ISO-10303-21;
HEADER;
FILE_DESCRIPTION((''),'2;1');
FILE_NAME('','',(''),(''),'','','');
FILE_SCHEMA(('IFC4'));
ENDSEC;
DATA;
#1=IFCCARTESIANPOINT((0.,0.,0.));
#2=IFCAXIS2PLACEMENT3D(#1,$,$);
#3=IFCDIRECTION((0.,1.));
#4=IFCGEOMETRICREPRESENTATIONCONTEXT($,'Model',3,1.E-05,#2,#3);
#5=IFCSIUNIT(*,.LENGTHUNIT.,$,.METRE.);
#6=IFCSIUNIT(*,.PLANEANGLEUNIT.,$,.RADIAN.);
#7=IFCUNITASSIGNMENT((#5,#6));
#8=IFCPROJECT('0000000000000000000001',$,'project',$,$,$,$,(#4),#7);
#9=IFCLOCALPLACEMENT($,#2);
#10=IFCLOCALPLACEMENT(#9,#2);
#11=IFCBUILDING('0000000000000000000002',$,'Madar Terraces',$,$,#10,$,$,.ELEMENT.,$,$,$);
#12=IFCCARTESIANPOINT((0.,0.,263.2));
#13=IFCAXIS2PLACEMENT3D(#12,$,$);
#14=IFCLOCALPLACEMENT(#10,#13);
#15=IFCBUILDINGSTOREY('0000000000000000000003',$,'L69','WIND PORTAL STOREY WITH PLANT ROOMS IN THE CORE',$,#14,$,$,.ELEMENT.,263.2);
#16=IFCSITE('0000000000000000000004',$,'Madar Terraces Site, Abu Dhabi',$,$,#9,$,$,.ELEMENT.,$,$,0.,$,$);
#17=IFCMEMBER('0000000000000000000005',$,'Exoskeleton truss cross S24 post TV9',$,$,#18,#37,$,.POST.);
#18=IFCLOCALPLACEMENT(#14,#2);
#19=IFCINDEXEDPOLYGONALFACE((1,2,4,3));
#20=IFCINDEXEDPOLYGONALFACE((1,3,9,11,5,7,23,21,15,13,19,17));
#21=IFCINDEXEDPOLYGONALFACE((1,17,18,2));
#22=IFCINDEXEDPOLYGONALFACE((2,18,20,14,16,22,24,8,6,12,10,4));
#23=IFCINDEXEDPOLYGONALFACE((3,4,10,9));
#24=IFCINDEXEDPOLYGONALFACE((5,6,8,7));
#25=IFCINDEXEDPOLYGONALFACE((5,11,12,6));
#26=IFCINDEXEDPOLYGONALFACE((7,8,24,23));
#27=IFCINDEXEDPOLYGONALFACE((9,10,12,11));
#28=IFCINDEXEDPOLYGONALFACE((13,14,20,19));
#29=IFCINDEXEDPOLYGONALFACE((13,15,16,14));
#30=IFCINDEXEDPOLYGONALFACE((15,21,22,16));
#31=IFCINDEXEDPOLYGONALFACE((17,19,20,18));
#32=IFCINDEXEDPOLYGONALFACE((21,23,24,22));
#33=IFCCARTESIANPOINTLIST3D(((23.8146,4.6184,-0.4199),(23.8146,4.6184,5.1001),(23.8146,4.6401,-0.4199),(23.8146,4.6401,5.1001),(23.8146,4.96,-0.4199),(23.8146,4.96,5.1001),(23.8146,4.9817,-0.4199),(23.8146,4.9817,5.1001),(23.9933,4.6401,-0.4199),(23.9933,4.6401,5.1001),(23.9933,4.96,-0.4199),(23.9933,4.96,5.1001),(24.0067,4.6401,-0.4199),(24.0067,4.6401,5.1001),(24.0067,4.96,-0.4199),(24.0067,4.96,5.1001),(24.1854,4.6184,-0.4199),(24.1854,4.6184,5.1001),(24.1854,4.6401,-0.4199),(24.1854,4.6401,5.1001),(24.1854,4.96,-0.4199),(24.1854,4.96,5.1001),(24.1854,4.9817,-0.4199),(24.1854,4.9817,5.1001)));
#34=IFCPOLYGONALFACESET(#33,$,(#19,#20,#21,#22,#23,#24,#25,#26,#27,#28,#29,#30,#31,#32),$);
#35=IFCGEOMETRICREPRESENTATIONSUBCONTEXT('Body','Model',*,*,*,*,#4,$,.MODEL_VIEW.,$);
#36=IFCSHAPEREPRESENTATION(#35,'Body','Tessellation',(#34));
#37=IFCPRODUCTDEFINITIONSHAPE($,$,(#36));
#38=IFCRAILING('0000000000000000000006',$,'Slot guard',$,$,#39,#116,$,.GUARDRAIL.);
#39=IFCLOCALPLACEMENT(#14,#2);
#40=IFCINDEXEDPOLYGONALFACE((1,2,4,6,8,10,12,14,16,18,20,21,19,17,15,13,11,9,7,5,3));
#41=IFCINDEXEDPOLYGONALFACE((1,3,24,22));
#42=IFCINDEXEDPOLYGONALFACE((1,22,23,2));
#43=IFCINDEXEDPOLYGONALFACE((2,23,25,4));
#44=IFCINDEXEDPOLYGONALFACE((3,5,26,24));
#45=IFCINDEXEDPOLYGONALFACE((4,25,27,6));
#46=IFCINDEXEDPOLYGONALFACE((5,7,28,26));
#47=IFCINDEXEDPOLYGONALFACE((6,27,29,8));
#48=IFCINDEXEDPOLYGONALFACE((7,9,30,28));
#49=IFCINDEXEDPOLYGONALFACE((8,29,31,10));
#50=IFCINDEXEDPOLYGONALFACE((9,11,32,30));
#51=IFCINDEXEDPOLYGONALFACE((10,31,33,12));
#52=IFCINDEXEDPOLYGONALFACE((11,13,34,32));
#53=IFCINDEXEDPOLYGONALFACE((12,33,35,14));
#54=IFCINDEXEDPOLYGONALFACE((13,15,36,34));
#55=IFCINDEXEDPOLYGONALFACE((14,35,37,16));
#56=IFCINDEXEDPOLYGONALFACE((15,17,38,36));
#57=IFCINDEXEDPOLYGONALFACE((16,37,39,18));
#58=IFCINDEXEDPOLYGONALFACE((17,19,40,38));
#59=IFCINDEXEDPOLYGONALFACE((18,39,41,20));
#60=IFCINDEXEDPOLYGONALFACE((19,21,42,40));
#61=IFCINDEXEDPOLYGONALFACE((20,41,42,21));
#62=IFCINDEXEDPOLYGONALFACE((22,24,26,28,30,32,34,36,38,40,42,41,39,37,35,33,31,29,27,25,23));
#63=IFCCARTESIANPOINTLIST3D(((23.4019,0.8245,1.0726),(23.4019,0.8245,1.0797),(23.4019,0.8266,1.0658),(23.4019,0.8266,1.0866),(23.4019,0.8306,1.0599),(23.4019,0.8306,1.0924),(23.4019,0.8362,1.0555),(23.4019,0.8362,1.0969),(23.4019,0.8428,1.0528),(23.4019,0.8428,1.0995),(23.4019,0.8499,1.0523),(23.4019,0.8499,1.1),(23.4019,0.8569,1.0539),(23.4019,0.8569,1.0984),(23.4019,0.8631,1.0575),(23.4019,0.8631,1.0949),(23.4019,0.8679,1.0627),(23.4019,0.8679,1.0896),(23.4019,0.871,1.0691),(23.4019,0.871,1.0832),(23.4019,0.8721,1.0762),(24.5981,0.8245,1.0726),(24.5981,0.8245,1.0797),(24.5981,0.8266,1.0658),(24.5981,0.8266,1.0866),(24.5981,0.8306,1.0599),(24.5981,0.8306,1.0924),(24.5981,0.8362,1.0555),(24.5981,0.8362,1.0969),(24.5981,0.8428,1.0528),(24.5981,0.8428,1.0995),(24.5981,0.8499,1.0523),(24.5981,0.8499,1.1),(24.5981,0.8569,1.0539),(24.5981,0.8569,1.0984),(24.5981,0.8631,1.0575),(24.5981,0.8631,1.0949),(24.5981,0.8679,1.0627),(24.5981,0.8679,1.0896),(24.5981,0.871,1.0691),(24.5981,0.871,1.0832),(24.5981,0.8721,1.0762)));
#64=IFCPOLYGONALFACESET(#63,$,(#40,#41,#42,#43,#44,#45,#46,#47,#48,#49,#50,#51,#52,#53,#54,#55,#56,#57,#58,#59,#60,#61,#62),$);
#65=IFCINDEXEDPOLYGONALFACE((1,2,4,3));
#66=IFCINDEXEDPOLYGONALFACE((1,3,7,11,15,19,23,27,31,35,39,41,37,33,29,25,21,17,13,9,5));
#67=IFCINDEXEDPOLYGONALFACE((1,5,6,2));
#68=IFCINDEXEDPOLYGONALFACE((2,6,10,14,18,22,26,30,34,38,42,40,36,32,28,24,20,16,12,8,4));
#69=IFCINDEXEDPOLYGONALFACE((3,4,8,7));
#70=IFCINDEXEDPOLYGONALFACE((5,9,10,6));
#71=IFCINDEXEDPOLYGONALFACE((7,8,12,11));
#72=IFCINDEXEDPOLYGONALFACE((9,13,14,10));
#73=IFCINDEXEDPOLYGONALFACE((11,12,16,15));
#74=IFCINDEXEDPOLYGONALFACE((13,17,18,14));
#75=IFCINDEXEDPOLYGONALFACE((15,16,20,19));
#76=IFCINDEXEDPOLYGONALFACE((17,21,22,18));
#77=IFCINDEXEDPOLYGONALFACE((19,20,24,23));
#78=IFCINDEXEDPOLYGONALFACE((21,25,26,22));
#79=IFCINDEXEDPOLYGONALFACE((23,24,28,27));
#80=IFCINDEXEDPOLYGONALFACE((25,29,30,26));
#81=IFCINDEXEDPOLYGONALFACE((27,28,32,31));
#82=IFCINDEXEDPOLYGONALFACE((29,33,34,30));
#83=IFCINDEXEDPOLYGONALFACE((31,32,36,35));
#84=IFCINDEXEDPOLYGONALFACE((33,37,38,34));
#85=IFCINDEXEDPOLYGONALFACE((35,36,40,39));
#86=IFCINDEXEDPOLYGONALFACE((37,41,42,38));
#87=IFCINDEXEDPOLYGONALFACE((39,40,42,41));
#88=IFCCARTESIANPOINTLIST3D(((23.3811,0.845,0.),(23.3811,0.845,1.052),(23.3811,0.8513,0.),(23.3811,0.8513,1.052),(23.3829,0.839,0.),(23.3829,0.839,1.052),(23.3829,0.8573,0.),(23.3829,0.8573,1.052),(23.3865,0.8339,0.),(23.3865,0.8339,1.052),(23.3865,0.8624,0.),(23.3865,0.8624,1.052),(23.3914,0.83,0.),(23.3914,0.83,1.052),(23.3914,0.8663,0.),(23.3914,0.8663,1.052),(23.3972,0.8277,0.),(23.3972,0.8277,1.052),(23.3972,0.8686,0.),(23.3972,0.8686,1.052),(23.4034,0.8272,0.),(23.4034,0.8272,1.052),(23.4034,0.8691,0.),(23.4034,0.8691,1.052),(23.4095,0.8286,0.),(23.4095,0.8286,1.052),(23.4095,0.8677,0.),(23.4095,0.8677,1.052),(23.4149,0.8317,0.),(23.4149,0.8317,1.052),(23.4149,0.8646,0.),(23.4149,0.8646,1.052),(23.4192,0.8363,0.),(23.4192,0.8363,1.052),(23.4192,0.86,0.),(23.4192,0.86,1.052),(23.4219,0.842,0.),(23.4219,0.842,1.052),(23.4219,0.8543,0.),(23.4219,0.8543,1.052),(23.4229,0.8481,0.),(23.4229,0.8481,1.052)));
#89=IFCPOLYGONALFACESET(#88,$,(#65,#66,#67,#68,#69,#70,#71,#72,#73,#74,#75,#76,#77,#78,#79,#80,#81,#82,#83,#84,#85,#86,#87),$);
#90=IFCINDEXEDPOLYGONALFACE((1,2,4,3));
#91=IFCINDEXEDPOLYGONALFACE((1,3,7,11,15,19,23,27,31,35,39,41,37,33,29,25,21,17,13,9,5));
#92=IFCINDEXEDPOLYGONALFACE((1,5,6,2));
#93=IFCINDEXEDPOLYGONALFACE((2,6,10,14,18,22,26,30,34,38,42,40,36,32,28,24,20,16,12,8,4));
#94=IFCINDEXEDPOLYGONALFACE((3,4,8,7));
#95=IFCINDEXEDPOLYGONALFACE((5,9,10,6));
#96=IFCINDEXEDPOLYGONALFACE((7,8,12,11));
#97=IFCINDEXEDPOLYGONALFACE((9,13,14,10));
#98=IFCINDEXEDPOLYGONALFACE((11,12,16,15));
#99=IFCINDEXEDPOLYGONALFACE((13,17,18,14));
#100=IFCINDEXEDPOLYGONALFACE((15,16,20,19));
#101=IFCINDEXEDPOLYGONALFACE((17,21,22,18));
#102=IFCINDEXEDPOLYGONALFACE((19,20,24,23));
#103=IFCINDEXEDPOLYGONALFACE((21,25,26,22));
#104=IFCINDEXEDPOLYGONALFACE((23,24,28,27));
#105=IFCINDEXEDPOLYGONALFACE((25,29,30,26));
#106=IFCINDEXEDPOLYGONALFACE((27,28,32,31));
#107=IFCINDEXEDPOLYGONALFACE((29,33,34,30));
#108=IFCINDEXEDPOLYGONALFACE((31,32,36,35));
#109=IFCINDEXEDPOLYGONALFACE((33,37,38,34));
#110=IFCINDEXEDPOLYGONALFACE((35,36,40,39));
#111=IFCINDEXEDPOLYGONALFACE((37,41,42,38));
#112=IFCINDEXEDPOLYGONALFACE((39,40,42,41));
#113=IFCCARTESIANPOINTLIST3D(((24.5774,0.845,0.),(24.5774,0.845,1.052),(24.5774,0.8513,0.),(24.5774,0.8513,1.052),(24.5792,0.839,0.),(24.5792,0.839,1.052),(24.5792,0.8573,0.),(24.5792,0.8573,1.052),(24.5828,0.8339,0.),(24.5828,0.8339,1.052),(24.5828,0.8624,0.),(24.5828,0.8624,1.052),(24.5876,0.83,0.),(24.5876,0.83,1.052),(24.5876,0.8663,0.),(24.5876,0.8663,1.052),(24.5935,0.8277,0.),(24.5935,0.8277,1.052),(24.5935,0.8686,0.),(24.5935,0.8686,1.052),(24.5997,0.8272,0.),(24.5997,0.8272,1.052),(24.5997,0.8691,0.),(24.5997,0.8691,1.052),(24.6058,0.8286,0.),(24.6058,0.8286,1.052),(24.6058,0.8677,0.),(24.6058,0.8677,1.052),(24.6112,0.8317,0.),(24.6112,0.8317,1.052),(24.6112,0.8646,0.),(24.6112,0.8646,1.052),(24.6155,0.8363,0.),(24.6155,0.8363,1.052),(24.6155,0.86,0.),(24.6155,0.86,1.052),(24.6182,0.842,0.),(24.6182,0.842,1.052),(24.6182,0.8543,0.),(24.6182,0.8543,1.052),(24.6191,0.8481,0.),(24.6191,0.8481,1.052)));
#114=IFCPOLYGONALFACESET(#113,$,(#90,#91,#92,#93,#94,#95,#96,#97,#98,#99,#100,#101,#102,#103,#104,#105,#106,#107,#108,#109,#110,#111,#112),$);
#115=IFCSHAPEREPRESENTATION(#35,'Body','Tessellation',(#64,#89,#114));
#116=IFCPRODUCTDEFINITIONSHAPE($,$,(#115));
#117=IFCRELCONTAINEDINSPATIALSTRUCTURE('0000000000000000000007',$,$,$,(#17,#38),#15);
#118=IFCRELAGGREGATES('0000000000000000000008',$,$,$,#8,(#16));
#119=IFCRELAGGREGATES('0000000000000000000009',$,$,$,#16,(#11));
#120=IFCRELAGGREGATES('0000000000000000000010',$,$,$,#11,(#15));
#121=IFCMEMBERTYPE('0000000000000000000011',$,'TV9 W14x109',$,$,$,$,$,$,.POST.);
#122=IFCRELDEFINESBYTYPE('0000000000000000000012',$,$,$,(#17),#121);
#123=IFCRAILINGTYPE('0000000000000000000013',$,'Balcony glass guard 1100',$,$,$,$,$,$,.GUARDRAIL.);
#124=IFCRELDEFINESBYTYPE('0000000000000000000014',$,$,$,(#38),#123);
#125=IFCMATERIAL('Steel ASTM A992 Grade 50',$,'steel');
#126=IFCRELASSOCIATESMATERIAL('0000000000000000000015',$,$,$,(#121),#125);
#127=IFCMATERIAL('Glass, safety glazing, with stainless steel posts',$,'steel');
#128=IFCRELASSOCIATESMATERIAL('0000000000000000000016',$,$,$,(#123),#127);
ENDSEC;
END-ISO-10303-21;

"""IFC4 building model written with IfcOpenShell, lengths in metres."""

from ifc_helpers import new_model, si_unit, direction, frame, origin, origin_2d, place, context, subcontext, project, spatial, circle, i_section, extrude, material, material_profile, profile_set, type_object, element, save


model = new_model("IFC4")

# Units and contexts
model_context = context("Model", 3, precision=1e-05, world=origin(), true_north=direction((0.0, 1.0)))
body_context = subcontext(model_context, "Body", "Model", "MODEL_VIEW")
ifc_project = project(units=[si_unit("LENGTHUNIT", "METRE"), si_unit("PLANEANGLEUNIT", "RADIAN")], contexts=[model_context])

# Site, building, storey
site_placement = place(None, origin())
site = spatial("IfcSite", under=ifc_project, at=site_placement, Name="Madar Terraces Site, Abu Dhabi", CompositionType="ELEMENT", RefElevation=0.0)
building_placement = place(site_placement, origin())
building = spatial("IfcBuilding", under=site, at=building_placement, Name="Madar Terraces", CompositionType="ELEMENT")
storey_placement = place(building_placement, frame((0.0, 0.0, 263.2)))
storey = spatial("IfcBuildingStorey", under=building, at=storey_placement, Name="L69", Description="WIND PORTAL STOREY WITH PLANT ROOMS IN THE CORE", CompositionType="ELEMENT", Elevation=263.2)

# Member
ifc_material_1 = material(Name="Steel ASTM A992 Grade 50", Category="steel")
ifc_material_profile_1 = material_profile(ifc_material_1, i_section(OverallWidth=0.3708, OverallDepth=0.3633, WebThickness=0.0134, FlangeThickness=0.0217, at=origin_2d()), Name="W14x109")
ifc_profile_set_1 = profile_set([ifc_material_profile_1], Name="Steel ASTM A992 Grade 50")
member_type_1 = type_object("IfcMemberType", Name="TV9 W14x109", PredefinedType="POST", material=ifc_profile_set_1)
for number, where, z_axis, x_axis, name in (
    (1, (24.0, 4.8, -0.4199), (0.0, 0.0, 1.0), (-1.0, 0.0, 0.0), "Exoskeleton truss cross S24 post TV9"),
):
    element("IfcMember", number, at=place(storey_placement, frame(where, z_axis=z_axis, x_axis=x_axis)), inside=storey, type_object=member_type_1, Name=name, PredefinedType="POST", context=body_context, shape_type="SweptSolid", body=[
        extrude(i_section(OverallWidth=0.3708, OverallDepth=0.3633, WebThickness=0.0134, FlangeThickness=0.0217, at=origin_2d()), origin(), (0.0, 0.0, 1.0), 5.52),
    ])

# Railing
ifc_material_2 = material(Name="Glass, safety glazing, with stainless steel posts", Category="steel")
railing_type = type_object("IfcRailingType", Name="Balcony glass guard 1100", PredefinedType="GUARDRAIL", material=ifc_material_2)
railing_1_placement = place(storey_placement, frame((23.4019, 0.8481, 0.0)))
element("IfcRailing", 2, at=railing_1_placement, inside=storey, type_object=railing_type, Name="Slot guard", PredefinedType="GUARDRAIL", context=body_context, shape_type="SweptSolid", body=[
    extrude(circle(Radius=0.0239, at=origin_2d()), frame((0.0, 0.0, 1.0762), z_axis=(1.0, 0.0, 0.0), x_axis=(0.0, 1.0, 0.0)), (0.0, 0.0, 1.0), 1.1963),
    extrude(circle(Radius=0.021, at=origin_2d()), origin(), (0.0, 0.0, 1.0), 1.052),
    extrude(circle(Radius=0.021, at=origin_2d()), frame((1.1963, 0.0, 0.0)), (0.0, 0.0, 1.0), 1.052),
])

save(model, "model.ifc")
